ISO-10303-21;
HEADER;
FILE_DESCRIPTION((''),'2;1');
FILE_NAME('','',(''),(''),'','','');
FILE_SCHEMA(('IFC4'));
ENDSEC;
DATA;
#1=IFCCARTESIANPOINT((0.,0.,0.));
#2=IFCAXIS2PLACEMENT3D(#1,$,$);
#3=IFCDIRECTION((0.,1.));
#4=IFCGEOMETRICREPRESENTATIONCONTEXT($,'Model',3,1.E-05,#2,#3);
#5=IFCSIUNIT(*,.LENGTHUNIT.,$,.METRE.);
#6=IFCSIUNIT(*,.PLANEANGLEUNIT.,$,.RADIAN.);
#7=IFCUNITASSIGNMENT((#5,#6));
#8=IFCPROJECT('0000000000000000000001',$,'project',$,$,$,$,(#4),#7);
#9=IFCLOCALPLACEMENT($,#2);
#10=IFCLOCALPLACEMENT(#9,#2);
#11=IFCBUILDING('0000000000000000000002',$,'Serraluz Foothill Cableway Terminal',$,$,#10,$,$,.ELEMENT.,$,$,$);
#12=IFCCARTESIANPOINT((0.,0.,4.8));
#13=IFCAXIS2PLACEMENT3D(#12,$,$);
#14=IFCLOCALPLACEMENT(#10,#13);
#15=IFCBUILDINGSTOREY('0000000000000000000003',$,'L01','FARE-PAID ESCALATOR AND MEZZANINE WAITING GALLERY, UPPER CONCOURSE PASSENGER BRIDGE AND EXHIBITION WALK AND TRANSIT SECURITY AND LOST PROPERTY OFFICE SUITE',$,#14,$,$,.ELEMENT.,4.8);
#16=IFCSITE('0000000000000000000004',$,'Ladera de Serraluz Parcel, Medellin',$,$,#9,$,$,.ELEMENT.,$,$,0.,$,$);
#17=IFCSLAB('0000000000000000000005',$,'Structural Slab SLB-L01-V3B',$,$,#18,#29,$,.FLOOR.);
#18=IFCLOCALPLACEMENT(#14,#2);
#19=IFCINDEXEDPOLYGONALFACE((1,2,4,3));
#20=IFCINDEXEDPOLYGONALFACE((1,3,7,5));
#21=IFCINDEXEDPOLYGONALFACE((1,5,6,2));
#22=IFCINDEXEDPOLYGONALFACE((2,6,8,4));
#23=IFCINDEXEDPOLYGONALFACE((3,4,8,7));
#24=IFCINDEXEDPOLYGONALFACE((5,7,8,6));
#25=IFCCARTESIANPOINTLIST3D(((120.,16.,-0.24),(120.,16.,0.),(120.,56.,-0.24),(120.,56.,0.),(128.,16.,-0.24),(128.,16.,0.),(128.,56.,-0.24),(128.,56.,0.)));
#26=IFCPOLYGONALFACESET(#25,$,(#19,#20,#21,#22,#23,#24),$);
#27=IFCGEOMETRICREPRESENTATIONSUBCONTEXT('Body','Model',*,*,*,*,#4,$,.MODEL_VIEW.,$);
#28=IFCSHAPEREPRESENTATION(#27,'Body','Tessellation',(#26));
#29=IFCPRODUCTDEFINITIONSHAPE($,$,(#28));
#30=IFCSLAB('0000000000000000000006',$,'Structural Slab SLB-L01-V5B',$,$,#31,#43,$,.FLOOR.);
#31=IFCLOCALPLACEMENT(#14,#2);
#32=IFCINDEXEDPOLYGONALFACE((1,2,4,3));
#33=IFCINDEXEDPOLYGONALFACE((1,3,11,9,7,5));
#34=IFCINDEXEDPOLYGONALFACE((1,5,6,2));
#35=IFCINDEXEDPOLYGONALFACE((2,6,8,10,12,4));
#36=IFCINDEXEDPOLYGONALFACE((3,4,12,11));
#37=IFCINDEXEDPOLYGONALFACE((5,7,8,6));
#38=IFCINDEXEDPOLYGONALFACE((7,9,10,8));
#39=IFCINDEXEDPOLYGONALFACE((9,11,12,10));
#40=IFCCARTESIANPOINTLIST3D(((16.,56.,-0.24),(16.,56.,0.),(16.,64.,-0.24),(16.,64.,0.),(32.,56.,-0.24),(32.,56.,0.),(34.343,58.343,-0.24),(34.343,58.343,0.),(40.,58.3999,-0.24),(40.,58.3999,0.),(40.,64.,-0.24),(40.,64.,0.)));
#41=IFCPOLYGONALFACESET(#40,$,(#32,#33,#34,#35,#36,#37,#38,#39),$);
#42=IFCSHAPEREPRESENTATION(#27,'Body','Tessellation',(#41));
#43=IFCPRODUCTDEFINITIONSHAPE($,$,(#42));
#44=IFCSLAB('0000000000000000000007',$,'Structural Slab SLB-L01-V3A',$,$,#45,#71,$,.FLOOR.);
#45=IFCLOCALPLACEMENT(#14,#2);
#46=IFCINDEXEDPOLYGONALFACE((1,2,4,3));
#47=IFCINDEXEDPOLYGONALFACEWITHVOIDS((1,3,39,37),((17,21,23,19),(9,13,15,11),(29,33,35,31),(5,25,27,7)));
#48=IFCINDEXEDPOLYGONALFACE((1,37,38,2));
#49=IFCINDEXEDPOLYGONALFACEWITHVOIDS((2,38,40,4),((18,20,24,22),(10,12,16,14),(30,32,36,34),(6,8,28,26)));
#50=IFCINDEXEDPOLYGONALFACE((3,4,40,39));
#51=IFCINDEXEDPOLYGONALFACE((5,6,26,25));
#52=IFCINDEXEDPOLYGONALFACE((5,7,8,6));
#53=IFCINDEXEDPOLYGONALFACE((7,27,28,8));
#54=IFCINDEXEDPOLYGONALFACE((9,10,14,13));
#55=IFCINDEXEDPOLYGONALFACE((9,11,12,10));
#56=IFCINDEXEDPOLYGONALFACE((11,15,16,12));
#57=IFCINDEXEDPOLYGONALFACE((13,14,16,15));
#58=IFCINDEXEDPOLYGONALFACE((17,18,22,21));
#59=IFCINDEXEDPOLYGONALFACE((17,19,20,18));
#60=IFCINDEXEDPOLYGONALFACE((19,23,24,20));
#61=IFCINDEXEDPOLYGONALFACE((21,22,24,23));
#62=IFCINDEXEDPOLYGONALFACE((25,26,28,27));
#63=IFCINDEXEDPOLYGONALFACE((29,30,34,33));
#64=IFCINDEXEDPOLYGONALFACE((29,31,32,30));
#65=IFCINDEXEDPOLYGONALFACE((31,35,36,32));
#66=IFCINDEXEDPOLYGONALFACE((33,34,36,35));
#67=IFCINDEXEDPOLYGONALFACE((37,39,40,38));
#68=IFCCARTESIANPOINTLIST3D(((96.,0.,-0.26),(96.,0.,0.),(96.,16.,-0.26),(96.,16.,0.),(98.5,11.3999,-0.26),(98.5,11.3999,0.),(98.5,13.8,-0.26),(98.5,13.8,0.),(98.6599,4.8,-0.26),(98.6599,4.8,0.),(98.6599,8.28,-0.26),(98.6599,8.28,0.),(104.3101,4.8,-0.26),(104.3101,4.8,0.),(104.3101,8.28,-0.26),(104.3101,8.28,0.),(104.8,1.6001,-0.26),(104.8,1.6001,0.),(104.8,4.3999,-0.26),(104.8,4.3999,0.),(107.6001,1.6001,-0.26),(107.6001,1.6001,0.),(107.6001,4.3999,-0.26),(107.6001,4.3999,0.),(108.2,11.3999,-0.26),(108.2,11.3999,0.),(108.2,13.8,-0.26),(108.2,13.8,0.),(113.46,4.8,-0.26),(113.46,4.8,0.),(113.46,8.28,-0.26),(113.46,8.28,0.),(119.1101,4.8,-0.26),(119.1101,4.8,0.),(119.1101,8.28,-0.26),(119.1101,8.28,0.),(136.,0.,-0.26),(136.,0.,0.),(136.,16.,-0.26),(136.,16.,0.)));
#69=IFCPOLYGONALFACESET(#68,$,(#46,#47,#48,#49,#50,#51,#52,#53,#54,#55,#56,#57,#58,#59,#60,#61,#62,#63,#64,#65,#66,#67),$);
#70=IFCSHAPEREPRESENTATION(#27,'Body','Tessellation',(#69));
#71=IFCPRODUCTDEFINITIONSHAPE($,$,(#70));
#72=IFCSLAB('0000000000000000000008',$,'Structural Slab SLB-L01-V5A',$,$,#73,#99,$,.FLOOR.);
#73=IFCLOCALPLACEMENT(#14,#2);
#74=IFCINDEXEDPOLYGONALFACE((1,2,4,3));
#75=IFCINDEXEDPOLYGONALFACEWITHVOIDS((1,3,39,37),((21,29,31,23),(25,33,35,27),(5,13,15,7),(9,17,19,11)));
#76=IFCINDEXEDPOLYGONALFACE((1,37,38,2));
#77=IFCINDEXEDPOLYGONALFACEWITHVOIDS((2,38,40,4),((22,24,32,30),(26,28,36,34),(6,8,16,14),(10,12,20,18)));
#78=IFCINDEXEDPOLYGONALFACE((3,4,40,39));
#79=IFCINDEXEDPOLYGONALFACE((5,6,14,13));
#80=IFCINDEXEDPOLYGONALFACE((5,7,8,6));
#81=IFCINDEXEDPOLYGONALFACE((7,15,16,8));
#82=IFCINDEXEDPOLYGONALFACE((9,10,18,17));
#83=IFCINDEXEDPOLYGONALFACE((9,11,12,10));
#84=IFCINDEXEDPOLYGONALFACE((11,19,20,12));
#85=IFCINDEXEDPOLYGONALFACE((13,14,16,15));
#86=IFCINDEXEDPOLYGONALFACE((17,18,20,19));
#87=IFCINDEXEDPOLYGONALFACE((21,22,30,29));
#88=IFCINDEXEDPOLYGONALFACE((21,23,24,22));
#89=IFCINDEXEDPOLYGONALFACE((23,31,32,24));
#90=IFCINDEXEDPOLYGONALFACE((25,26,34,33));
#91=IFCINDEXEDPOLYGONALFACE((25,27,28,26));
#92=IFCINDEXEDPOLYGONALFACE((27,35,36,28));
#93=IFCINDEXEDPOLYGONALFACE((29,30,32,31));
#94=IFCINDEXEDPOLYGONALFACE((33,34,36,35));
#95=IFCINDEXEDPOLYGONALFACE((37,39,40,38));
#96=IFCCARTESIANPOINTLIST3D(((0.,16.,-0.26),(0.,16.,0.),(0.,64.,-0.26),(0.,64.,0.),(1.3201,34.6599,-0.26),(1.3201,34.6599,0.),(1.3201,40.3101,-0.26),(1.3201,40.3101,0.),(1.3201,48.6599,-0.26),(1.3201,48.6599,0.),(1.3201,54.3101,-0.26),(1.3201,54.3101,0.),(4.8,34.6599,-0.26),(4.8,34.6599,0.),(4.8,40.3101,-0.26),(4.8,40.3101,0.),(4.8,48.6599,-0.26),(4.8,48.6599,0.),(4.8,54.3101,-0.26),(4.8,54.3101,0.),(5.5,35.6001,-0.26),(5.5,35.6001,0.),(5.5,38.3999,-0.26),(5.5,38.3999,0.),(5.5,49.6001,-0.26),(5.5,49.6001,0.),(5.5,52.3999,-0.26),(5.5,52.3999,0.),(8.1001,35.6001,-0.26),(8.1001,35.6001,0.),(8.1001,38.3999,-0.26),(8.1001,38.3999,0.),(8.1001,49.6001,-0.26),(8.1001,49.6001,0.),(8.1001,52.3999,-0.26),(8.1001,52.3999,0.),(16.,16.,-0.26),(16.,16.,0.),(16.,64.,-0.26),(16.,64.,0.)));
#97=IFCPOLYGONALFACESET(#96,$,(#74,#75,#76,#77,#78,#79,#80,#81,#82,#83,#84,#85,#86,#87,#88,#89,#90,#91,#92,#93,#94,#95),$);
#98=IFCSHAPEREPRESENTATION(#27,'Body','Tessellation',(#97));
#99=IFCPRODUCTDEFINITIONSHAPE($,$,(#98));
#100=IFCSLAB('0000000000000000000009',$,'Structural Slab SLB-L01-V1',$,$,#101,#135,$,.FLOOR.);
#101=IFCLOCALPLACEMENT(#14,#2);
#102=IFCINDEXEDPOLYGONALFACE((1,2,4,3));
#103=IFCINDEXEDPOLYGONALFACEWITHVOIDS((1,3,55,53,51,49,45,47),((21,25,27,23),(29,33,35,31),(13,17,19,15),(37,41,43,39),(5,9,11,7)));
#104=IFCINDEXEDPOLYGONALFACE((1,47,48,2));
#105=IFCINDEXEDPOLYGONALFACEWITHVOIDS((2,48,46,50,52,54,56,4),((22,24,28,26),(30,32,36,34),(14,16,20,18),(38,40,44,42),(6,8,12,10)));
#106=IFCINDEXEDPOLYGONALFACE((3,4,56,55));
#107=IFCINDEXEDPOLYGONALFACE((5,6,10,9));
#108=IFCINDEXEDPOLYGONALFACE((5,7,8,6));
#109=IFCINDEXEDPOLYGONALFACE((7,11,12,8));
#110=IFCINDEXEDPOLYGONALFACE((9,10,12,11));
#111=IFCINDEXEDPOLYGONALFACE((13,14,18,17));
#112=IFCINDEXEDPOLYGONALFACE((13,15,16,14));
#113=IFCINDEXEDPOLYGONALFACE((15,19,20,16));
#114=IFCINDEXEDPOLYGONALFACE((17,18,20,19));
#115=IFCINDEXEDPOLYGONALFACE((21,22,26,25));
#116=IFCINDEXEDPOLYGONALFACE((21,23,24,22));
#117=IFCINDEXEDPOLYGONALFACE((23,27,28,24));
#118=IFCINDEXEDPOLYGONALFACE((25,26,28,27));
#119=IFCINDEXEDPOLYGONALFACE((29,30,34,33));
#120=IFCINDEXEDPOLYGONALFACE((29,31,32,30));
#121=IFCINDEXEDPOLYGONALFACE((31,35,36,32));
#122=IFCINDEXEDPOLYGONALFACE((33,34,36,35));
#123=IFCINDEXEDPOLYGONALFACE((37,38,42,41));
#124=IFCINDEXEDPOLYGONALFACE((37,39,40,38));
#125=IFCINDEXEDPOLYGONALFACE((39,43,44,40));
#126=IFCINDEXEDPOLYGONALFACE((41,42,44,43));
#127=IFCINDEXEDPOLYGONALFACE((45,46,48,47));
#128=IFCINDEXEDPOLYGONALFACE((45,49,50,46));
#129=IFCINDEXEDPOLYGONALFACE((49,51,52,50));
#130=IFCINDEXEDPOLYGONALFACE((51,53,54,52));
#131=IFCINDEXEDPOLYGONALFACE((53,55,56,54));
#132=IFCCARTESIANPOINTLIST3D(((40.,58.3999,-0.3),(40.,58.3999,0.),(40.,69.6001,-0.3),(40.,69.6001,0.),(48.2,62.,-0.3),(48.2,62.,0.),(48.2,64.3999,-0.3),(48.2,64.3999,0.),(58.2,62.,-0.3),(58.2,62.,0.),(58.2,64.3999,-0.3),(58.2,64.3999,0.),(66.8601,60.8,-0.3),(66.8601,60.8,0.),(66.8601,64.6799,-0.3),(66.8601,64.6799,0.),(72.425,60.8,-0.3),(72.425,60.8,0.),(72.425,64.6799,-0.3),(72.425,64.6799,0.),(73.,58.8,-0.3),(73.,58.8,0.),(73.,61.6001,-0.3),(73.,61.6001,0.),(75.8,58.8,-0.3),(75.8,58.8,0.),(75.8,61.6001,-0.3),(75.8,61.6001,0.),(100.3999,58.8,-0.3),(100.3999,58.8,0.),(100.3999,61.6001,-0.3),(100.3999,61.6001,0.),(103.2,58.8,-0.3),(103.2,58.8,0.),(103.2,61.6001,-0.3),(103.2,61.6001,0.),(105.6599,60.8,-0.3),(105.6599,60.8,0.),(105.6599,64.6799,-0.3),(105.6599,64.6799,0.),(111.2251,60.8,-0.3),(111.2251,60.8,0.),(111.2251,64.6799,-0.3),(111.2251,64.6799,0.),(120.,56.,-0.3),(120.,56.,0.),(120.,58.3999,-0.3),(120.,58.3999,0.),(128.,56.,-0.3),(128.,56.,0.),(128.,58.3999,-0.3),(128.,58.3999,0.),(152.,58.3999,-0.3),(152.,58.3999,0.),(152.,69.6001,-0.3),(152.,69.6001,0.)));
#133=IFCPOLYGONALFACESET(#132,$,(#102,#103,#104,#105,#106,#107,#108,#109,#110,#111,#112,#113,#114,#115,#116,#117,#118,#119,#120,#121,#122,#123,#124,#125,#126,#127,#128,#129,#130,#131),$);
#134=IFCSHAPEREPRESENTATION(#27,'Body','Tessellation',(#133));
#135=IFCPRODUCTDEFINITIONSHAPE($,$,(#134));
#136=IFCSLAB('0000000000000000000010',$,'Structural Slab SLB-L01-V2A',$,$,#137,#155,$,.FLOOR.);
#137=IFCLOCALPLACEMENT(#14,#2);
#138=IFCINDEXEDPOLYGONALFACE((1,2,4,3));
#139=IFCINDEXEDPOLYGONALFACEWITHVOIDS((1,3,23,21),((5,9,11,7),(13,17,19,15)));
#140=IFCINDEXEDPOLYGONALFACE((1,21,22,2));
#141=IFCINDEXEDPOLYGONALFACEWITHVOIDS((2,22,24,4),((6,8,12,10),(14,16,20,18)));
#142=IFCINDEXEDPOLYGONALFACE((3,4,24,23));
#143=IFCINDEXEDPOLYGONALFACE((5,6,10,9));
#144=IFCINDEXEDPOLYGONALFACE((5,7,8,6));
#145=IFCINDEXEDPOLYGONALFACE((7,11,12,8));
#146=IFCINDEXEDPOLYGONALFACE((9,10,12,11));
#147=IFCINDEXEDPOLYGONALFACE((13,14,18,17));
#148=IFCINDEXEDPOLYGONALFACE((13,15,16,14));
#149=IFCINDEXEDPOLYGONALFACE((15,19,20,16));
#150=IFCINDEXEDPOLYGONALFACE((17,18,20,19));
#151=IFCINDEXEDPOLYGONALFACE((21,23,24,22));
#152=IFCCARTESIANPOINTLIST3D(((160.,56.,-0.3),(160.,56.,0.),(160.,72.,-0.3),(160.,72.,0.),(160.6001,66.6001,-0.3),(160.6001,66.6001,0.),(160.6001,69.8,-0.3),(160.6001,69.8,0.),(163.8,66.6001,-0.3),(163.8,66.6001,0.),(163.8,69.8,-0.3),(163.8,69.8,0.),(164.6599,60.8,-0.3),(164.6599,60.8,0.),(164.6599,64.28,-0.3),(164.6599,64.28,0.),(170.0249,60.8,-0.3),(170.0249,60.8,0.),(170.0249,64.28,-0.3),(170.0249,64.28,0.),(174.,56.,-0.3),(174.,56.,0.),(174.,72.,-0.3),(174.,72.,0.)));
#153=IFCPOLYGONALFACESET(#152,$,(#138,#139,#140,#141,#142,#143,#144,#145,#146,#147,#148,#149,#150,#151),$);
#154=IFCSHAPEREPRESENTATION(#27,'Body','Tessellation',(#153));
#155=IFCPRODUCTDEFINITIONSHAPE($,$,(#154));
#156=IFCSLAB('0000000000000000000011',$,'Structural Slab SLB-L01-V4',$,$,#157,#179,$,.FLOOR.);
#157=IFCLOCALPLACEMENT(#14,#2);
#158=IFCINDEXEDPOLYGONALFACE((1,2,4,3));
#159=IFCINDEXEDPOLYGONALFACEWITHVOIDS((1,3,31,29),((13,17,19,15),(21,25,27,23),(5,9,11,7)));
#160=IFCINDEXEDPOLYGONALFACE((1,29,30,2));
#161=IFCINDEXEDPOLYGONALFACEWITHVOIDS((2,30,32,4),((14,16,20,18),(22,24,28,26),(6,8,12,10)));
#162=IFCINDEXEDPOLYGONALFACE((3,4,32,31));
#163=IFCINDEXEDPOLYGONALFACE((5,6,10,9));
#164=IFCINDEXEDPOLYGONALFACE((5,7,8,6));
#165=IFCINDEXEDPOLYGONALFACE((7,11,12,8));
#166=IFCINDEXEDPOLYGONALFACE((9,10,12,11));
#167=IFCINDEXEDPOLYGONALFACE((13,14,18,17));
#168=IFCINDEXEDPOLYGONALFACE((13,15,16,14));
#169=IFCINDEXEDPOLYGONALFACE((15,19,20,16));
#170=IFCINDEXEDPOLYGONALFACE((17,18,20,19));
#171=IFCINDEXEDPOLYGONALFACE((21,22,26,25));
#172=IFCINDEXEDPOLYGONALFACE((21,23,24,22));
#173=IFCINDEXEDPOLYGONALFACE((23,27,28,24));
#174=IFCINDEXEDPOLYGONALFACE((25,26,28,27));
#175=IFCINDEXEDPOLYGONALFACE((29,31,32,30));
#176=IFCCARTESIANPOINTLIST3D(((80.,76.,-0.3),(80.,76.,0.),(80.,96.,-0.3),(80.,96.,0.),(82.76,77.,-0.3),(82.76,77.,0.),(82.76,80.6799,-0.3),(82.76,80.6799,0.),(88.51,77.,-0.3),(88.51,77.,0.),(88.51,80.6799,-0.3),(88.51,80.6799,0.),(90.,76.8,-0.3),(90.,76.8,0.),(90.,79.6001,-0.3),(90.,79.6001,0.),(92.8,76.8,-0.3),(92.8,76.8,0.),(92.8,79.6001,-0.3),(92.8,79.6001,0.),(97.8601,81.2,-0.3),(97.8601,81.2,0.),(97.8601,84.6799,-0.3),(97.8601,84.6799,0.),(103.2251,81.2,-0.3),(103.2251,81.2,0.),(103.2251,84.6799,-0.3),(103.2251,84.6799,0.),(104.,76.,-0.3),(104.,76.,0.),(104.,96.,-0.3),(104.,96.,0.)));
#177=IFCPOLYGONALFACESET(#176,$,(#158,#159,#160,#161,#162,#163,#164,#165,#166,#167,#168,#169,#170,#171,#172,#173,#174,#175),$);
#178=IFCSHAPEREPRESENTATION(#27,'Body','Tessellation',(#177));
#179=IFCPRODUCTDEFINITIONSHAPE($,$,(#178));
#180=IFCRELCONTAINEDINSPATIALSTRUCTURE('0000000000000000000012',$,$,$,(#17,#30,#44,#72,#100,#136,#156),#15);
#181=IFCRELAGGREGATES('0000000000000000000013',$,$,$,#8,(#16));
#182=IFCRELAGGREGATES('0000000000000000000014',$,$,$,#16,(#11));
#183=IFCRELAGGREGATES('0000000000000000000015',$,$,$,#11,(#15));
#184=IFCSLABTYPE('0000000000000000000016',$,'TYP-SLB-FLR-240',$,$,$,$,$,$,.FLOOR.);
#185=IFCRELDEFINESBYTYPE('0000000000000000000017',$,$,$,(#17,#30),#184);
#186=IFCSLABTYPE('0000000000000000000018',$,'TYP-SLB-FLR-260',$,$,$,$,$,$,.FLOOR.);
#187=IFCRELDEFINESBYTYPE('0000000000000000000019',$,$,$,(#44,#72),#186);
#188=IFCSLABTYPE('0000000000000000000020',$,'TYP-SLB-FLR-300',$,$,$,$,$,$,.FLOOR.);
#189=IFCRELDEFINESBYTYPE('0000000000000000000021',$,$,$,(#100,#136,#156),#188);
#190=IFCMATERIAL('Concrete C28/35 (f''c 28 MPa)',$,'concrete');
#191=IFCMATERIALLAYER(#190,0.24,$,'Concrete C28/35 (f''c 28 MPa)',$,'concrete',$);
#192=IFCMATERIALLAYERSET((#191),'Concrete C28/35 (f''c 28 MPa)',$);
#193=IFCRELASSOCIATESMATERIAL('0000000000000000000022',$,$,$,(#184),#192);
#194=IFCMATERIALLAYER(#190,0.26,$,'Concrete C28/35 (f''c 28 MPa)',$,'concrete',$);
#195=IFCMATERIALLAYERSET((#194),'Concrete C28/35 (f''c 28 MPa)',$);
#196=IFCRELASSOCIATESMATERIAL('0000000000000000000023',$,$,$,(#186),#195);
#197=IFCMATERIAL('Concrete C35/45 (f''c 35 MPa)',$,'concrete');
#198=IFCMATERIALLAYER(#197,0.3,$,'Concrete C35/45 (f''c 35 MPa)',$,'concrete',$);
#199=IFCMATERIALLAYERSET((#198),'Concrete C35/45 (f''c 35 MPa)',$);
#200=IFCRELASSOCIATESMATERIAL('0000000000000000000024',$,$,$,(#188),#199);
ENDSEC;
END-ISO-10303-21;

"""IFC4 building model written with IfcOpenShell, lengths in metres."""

from ifc_helpers import new_model, si_unit, direction, frame, origin, place, context, subcontext, project, spatial, polyline, outline, extrude, material, layer, layer_set, type_object, element, save


model = new_model("IFC4")

# Units and contexts
model_context = context("Model", 3, precision=1e-05, world=origin(), true_north=direction((0.0, 1.0)))
body_context = subcontext(model_context, "Body", "Model", "MODEL_VIEW")
ifc_project = project(units=[si_unit("LENGTHUNIT", "METRE"), si_unit("PLANEANGLEUNIT", "RADIAN")], contexts=[model_context])

# Site, building, storey
site_placement = place(None, origin())
site = spatial("IfcSite", under=ifc_project, at=site_placement, Name="Ladera de Serraluz Parcel, Medellin", CompositionType="ELEMENT", RefElevation=0.0)
building_placement = place(site_placement, origin())
building = spatial("IfcBuilding", under=site, at=building_placement, Name="Serraluz Foothill Cableway Terminal", CompositionType="ELEMENT")
storey_placement = place(building_placement, frame((0.0, 0.0, 4.8)))
storey = spatial("IfcBuildingStorey", under=building, at=storey_placement, Name="L01", Description="FARE-PAID ESCALATOR AND MEZZANINE WAITING GALLERY, UPPER CONCOURSE PASSENGER BRIDGE AND EXHIBITION WALK AND TRANSIT SECURITY AND LOST PROPERTY OFFICE SUITE", CompositionType="ELEMENT", Elevation=4.8)

# Slabs
ifc_material_1 = material(Name="Concrete C28/35 (f'c 28 MPa)", Category="concrete")
ifc_layer_1 = layer(ifc_material_1, 0.24, Name="Concrete C28/35 (f'c 28 MPa)", Category="concrete")
ifc_layer_set_1 = layer_set([ifc_layer_1], Name="Concrete C28/35 (f'c 28 MPa)")
slab_type_1 = type_object("IfcSlabType", Name="TYP-SLB-FLR-240", PredefinedType="FLOOR", material=ifc_layer_set_1)
slab_1_placement = place(storey_placement, frame((0.0, 0.0, -0.24)))
element("IfcSlab", 1, at=slab_1_placement, inside=storey, type_object=slab_type_1, Name="Structural Slab SLB-L01-V3B", PredefinedType="FLOOR", context=body_context, shape_type="SweptSolid", body=[
    extrude(outline(polyline([(120.0, 16.0), (128.0, 16.0), (128.0, 56.0), (120.0, 56.0), (120.0, 16.0)])), origin(), (0.0, 0.0, 1.0), 0.24),
])
slab_2_placement = place(storey_placement, frame((0.0, 0.0, -0.24)))
element("IfcSlab", 2, at=slab_2_placement, inside=storey, type_object=slab_type_1, Name="Structural Slab SLB-L01-V5B", PredefinedType="FLOOR", context=body_context, shape_type="SweptSolid", body=[
    extrude(outline(polyline([(16.0, 56.0), (32.0, 56.0), (34.343, 58.343), (40.0, 58.3999), (40.0, 64.0), (16.0, 64.0), (16.0, 56.0)])), origin(), (0.0, 0.0, 1.0), 0.24),
])
ifc_layer_2 = layer(ifc_material_1, 0.26, Name="Concrete C28/35 (f'c 28 MPa)", Category="concrete")
ifc_layer_set_2 = layer_set([ifc_layer_2], Name="Concrete C28/35 (f'c 28 MPa)")
slab_type_2 = type_object("IfcSlabType", Name="TYP-SLB-FLR-260", PredefinedType="FLOOR", material=ifc_layer_set_2)
slab_3_placement = place(storey_placement, frame((0.0, 0.0, -0.26)))
element("IfcSlab", 3, at=slab_3_placement, inside=storey, type_object=slab_type_2, Name="Structural Slab SLB-L01-V3A", PredefinedType="FLOOR", context=body_context, shape_type="SweptSolid", body=[
    extrude(outline(polyline([(96.0, 0.0), (136.0, 0.0), (136.0, 16.0), (96.0, 16.0), (96.0, 0.0)]), holes=[polyline([(98.6599, 4.8), (104.3101, 4.8), (104.3101, 8.28), (98.6599, 8.28), (98.6599, 4.8)]), polyline([(113.46, 4.8), (119.1101, 4.8), (119.1101, 8.28), (113.46, 8.28), (113.46, 4.8)]), polyline([(104.8, 1.6001), (107.6001, 1.6001), (107.6001, 4.3999), (104.8, 4.3999), (104.8, 1.6001)]), polyline([(98.5, 11.3999), (108.2, 11.3999), (108.2, 13.8), (98.5, 13.8), (98.5, 11.3999)])]), origin(), (0.0, 0.0, 1.0), 0.26),
])
slab_4_placement = place(storey_placement, frame((0.0, 0.0, -0.26)))
element("IfcSlab", 4, at=slab_4_placement, inside=storey, type_object=slab_type_2, Name="Structural Slab SLB-L01-V5A", PredefinedType="FLOOR", context=body_context, shape_type="SweptSolid", body=[
    extrude(outline(polyline([(0.0, 16.0), (16.0, 16.0), (16.0, 64.0), (0.0, 64.0), (0.0, 16.0)]), holes=[polyline([(4.8, 48.6599), (4.8, 54.3101), (1.3201, 54.3101), (1.3201, 48.6599), (4.8, 48.6599)]), polyline([(4.8, 34.6599), (4.8, 40.3101), (1.3201, 40.3101), (1.3201, 34.6599), (4.8, 34.6599)]), polyline([(5.5, 49.6001), (8.1001, 49.6001), (8.1001, 52.3999), (5.5, 52.3999), (5.5, 49.6001)]), polyline([(5.5, 35.6001), (8.1001, 35.6001), (8.1001, 38.3999), (5.5, 38.3999), (5.5, 35.6001)])]), origin(), (0.0, 0.0, 1.0), 0.26),
])
ifc_material_2 = material(Name="Concrete C35/45 (f'c 35 MPa)", Category="concrete")
ifc_layer_3 = layer(ifc_material_2, 0.3, Name="Concrete C35/45 (f'c 35 MPa)", Category="concrete")
ifc_layer_set_3 = layer_set([ifc_layer_3], Name="Concrete C35/45 (f'c 35 MPa)")
slab_type_3 = type_object("IfcSlabType", Name="TYP-SLB-FLR-300", PredefinedType="FLOOR", material=ifc_layer_set_3)
slab_5_placement = place(storey_placement, frame((0.0, 0.0, -0.3)))
element("IfcSlab", 5, at=slab_5_placement, inside=storey, type_object=slab_type_3, Name="Structural Slab SLB-L01-V1", PredefinedType="FLOOR", context=body_context, shape_type="SweptSolid", body=[
    extrude(outline(polyline([(40.0, 58.3999), (120.0, 58.3999), (120.0, 56.0), (128.0, 56.0), (128.0, 58.3999), (152.0, 58.3999), (152.0, 69.6001), (40.0, 69.6001), (40.0, 58.3999)]), holes=[polyline([(66.8601, 60.8), (72.425, 60.8), (72.425, 64.6799), (66.8601, 64.6799), (66.8601, 60.8)]), polyline([(105.6599, 60.8), (111.2251, 60.8), (111.2251, 64.6799), (105.6599, 64.6799), (105.6599, 60.8)]), polyline([(73.0, 58.8), (75.8, 58.8), (75.8, 61.6001), (73.0, 61.6001), (73.0, 58.8)]), polyline([(100.3999, 58.8), (103.2, 58.8), (103.2, 61.6001), (100.3999, 61.6001), (100.3999, 58.8)]), polyline([(48.2, 62.0), (58.2, 62.0), (58.2, 64.3999), (48.2, 64.3999), (48.2, 62.0)])]), origin(), (0.0, 0.0, 1.0), 0.3),
])
slab_6_placement = place(storey_placement, frame((0.0, 0.0, -0.3)))
element("IfcSlab", 6, at=slab_6_placement, inside=storey, type_object=slab_type_3, Name="Structural Slab SLB-L01-V2A", PredefinedType="FLOOR", context=body_context, shape_type="SweptSolid", body=[
    extrude(outline(polyline([(160.0, 56.0), (174.0, 56.0), (174.0, 72.0), (160.0, 72.0), (160.0, 56.0)]), holes=[polyline([(164.6599, 60.8), (170.0249, 60.8), (170.0249, 64.28), (164.6599, 64.28), (164.6599, 60.8)]), polyline([(160.6001, 66.6001), (163.8, 66.6001), (163.8, 69.8), (160.6001, 69.8), (160.6001, 66.6001)])]), origin(), (0.0, 0.0, 1.0), 0.3),
])
slab_7_placement = place(storey_placement, frame((0.0, 0.0, -0.3)))
element("IfcSlab", 7, at=slab_7_placement, inside=storey, type_object=slab_type_3, Name="Structural Slab SLB-L01-V4", PredefinedType="FLOOR", context=body_context, shape_type="SweptSolid", body=[
    extrude(outline(polyline([(80.0, 76.0), (104.0, 76.0), (104.0, 96.0), (80.0, 96.0), (80.0, 76.0)]), holes=[polyline([(82.76, 77.0), (88.51, 77.0), (88.51, 80.6799), (82.76, 80.6799), (82.76, 77.0)]), polyline([(97.8601, 81.2), (103.2251, 81.2), (103.2251, 84.6799), (97.8601, 84.6799), (97.8601, 81.2)]), polyline([(90.0, 76.8), (92.8, 76.8), (92.8, 79.6001), (90.0, 79.6001), (90.0, 76.8)])]), origin(), (0.0, 0.0, 1.0), 0.3),
])

save(model, "model.ifc")
